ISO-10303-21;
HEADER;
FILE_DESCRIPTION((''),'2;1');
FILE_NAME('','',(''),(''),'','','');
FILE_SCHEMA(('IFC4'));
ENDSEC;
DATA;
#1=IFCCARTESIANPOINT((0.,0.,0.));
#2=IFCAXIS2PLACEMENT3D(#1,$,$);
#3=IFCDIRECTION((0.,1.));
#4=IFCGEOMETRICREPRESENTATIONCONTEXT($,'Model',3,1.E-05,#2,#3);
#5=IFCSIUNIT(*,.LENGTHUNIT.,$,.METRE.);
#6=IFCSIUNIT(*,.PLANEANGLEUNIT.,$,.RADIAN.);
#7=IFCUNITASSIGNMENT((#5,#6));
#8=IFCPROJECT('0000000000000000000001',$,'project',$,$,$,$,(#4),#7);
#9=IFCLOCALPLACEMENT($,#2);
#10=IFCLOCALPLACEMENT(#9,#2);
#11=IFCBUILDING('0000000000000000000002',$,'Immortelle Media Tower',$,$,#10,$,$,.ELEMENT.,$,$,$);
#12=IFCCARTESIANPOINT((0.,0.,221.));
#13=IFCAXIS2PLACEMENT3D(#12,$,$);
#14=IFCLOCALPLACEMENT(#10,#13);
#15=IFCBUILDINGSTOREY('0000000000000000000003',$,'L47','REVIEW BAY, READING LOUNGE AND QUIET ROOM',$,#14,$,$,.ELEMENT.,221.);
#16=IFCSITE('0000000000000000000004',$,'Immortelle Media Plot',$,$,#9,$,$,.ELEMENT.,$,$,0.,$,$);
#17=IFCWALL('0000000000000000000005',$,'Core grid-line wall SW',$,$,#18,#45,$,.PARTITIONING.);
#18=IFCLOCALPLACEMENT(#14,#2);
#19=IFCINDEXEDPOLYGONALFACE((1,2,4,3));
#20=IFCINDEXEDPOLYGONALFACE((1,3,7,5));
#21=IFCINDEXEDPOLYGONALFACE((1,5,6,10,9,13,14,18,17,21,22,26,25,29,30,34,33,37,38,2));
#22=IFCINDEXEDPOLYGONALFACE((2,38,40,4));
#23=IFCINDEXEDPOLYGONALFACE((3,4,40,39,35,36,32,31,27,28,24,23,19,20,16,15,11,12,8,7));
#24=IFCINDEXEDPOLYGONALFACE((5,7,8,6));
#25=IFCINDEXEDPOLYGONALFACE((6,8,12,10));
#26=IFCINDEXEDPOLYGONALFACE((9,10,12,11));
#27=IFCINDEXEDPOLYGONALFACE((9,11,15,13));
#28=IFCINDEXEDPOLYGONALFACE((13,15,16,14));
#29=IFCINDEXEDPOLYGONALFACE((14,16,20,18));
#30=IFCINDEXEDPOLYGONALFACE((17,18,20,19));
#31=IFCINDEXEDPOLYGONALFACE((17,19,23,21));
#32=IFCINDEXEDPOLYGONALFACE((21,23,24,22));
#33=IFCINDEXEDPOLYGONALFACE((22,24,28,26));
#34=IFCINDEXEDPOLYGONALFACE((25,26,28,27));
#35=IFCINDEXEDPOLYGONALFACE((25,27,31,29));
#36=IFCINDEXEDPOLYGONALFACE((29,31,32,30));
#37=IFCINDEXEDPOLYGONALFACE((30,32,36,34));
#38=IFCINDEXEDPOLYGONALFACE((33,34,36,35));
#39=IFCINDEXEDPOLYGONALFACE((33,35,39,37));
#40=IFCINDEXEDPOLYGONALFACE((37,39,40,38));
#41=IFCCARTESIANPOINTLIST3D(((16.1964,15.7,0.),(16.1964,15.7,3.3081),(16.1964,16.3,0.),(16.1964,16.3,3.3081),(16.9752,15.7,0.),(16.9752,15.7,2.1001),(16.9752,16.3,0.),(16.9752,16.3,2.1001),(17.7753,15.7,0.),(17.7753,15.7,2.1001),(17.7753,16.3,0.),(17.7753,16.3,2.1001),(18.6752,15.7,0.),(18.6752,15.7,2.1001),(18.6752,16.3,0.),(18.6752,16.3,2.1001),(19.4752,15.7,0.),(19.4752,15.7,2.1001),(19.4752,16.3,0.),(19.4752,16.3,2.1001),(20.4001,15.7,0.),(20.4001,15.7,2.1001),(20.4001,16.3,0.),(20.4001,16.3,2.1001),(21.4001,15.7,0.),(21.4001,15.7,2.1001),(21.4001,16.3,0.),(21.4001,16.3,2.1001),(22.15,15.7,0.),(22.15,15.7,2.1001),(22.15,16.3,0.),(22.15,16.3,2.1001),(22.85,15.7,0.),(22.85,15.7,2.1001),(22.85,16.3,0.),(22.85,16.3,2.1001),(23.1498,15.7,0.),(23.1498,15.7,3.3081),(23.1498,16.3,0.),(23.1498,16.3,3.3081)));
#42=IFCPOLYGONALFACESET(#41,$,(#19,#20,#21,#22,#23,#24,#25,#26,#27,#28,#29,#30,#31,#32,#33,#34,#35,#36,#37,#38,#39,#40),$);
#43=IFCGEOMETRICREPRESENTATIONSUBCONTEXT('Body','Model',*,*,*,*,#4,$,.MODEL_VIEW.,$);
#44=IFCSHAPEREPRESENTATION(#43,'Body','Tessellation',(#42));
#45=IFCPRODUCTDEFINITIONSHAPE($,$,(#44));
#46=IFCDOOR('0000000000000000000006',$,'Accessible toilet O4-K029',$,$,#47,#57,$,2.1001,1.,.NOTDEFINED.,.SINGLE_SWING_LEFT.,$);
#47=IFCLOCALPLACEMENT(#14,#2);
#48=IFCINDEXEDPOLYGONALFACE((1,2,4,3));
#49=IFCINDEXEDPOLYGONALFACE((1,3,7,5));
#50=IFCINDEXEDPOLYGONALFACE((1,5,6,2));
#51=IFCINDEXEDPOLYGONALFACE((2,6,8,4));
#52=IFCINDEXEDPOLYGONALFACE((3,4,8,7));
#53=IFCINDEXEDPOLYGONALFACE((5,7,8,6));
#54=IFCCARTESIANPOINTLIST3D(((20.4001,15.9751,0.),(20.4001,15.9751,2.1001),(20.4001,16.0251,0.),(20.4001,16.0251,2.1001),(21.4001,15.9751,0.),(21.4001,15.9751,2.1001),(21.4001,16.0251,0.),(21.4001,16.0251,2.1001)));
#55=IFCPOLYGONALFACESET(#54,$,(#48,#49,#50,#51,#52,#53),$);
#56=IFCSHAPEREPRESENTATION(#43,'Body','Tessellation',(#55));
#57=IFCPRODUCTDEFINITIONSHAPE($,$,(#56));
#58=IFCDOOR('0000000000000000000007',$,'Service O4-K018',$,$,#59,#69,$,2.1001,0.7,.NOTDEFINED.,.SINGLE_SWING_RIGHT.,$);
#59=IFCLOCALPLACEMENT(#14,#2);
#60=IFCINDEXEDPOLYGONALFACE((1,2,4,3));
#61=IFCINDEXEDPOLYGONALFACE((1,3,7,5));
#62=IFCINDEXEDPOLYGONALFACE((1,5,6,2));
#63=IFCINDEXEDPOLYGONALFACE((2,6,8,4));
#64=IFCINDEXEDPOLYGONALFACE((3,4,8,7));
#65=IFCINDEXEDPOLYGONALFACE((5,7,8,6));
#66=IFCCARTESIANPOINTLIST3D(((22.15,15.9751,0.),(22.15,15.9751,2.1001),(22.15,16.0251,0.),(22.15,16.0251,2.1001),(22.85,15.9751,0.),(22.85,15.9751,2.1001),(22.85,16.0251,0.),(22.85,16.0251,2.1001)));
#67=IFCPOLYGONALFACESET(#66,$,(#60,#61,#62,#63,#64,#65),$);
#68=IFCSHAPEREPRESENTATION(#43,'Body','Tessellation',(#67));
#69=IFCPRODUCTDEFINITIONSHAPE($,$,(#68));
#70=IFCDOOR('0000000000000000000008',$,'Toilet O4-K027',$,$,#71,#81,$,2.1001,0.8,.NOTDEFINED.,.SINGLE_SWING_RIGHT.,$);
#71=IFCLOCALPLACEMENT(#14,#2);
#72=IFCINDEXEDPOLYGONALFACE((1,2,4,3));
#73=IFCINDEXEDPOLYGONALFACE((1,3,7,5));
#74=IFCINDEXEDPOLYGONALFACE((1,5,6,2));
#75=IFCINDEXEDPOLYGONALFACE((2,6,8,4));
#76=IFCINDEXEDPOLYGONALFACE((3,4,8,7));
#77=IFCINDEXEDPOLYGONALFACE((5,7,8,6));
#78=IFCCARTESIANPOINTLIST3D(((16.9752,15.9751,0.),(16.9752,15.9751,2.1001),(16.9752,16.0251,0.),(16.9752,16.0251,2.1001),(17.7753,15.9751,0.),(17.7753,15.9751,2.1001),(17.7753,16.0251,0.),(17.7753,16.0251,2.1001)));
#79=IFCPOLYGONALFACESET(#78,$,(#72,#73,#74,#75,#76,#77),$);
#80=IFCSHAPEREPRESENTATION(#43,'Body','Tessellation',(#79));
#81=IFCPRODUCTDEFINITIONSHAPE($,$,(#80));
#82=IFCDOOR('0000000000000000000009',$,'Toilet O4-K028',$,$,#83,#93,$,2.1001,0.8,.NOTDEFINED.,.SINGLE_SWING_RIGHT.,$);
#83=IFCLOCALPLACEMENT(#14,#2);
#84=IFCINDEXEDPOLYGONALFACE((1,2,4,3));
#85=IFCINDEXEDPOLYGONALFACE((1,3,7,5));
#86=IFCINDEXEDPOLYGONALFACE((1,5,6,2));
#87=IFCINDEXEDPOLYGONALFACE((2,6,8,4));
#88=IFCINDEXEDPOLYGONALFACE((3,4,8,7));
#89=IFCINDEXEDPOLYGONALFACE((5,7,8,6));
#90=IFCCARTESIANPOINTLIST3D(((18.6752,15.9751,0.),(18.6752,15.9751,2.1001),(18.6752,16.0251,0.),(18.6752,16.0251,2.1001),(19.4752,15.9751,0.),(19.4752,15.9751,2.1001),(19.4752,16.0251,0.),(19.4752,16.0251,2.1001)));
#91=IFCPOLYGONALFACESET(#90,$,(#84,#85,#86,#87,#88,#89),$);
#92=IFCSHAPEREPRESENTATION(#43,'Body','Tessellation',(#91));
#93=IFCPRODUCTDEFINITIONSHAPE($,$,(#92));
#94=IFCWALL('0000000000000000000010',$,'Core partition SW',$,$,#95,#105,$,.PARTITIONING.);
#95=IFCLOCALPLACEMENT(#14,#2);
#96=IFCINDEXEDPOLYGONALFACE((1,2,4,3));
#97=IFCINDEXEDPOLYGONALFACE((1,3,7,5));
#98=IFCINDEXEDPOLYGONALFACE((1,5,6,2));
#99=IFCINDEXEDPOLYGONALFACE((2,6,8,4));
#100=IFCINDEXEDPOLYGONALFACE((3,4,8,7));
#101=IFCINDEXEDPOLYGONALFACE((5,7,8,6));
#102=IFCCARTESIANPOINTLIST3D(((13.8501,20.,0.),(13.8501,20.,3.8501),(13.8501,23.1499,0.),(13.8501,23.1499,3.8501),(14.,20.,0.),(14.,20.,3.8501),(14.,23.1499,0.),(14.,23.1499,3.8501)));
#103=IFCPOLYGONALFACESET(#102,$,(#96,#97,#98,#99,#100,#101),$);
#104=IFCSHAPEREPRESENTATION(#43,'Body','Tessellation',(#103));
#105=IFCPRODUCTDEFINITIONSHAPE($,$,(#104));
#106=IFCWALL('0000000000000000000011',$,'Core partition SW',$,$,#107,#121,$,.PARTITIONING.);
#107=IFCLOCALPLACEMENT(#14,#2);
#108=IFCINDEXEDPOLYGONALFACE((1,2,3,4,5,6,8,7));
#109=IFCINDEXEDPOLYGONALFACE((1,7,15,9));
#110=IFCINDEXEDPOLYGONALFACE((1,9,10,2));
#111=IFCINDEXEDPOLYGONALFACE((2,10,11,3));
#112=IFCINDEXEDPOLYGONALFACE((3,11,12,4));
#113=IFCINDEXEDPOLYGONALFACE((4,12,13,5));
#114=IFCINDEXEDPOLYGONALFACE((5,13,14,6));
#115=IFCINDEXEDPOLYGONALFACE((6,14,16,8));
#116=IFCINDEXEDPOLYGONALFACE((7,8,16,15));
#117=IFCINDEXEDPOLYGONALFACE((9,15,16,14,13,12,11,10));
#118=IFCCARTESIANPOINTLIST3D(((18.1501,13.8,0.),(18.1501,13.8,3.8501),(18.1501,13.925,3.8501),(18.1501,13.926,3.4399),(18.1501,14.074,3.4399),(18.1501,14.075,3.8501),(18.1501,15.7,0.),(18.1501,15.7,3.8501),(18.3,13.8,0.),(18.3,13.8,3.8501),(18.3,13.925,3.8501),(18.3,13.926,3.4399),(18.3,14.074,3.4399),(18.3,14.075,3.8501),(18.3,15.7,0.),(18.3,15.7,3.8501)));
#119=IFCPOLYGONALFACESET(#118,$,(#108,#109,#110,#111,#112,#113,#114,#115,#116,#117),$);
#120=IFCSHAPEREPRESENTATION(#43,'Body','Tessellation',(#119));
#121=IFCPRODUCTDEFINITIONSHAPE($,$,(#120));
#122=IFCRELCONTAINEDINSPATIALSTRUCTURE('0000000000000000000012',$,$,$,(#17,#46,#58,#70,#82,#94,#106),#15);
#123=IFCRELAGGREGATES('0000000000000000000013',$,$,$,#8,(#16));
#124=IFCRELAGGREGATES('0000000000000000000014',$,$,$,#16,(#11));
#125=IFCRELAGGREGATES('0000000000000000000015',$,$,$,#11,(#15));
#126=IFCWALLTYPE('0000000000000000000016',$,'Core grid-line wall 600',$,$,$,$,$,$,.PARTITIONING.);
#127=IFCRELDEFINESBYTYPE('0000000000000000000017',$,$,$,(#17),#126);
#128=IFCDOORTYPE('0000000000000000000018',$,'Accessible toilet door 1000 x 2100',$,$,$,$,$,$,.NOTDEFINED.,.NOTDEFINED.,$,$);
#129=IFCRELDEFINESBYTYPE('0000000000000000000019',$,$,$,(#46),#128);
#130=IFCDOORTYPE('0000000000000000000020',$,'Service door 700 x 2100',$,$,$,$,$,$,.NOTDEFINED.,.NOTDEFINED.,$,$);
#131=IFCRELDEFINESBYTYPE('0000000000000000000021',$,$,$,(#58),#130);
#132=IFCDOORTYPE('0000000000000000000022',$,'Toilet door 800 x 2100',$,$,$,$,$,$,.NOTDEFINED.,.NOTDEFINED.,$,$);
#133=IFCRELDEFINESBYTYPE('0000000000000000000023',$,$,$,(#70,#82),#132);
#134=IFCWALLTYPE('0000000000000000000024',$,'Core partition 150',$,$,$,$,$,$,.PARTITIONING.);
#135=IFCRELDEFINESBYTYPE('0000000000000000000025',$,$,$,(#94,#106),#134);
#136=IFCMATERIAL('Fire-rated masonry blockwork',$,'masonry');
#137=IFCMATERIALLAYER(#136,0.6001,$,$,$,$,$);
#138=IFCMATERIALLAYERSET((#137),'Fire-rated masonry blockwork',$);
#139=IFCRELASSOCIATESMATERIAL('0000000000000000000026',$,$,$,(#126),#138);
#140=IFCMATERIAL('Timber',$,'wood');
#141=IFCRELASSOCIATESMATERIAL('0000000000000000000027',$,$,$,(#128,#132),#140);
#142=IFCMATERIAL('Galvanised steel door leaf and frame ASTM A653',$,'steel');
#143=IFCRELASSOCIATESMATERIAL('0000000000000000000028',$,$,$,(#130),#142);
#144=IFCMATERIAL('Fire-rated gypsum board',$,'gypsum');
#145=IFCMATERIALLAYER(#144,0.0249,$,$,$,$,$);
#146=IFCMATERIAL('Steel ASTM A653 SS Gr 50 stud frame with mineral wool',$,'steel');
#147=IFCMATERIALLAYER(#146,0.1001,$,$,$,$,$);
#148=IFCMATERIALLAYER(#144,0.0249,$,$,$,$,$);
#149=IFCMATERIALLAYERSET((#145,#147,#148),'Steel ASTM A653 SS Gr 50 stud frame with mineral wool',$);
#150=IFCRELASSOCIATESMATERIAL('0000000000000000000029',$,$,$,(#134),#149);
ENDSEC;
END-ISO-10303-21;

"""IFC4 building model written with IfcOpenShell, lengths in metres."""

from ifc_helpers import new_model, si_unit, direction, frame, frame_2d, origin, place, context, subcontext, project, spatial, polyline, rectangle, outline, extrude, material, layer, layer_set, type_object, element, fill, save


model = new_model("IFC4")

# Units and contexts
model_context = context("Model", 3, precision=1e-05, world=origin(), true_north=direction((0.0, 1.0)))
body_context = subcontext(model_context, "Body", "Model", "MODEL_VIEW")
ifc_project = project(units=[si_unit("LENGTHUNIT", "METRE"), si_unit("PLANEANGLEUNIT", "RADIAN")], contexts=[model_context])

# Site, building, storey
site_placement = place(None, origin())
site = spatial("IfcSite", under=ifc_project, at=site_placement, Name="Immortelle Media Plot", CompositionType="ELEMENT", RefElevation=0.0)
building_placement = place(site_placement, origin())
building = spatial("IfcBuilding", under=site, at=building_placement, Name="Immortelle Media Tower", CompositionType="ELEMENT")
storey_placement = place(building_placement, frame((0.0, 0.0, 221.0)))
storey = spatial("IfcBuildingStorey", under=building, at=storey_placement, Name="L47", Description="REVIEW BAY, READING LOUNGE AND QUIET ROOM", CompositionType="ELEMENT", Elevation=221.0)

# Wall, openings, doors
ifc_material_1 = material(Name="Fire-rated masonry blockwork", Category="masonry")
ifc_layer_1 = layer(ifc_material_1, 0.6001)
ifc_layer_set_1 = layer_set([ifc_layer_1], Name="Fire-rated masonry blockwork")
wall_type_1 = type_object("IfcWallType", Name="Core grid-line wall 600", PredefinedType="PARTITIONING", material=ifc_layer_set_1)
wall_1_placement = place(storey_placement, frame((16.1965, 16.0, 0.0), z_axis=(0.0, 0.0, 1.0), x_axis=(1.0, 0.0, 0.0)))
wall_1 = element("IfcWall", 1, at=wall_1_placement, inside=storey, type_object=wall_type_1, Name="Core grid-line wall SW", PredefinedType="PARTITIONING", context=body_context, shape_type="SweptSolid", body=[
    extrude(rectangle(XDim=6.9534, YDim=0.6001, at=frame_2d((3.4766, 0.0))), origin(), (0.0, 0.0, 1.0), 3.3081),
])
opening_1_placement = place(wall_1_placement, frame((1.5786, 0.0, 0.0), z_axis=(0.0, 0.0, 1.0), x_axis=(-1.0, 0.0, 0.0)))
opening_1 = element("IfcOpeningElement", 2, at=opening_1_placement, cuts=wall_1, PredefinedType="OPENING", context=body_context, shape_type="SweptSolid", body=[
    extrude(rectangle(XDim=0.8, YDim=2.1001, at=frame_2d((0.3999, 1.05))), frame((0.0, 0.3101, 0.0), z_axis=(0.0, -1.0, 0.0), x_axis=(1.0, 0.0, 0.0)), (0.0, 0.0, 1.0), 0.6201),
])
opening_2_placement = place(wall_1_placement, frame((3.2786, 0.0, 0.0), z_axis=(0.0, 0.0, 1.0), x_axis=(-1.0, 0.0, 0.0)))
opening_2 = element("IfcOpeningElement", 3, at=opening_2_placement, cuts=wall_1, PredefinedType="OPENING", context=body_context, shape_type="SweptSolid", body=[
    extrude(rectangle(XDim=0.8, YDim=2.1001, at=frame_2d((0.3999, 1.05))), frame((0.0, 0.3101, 0.0), z_axis=(0.0, -1.0, 0.0), x_axis=(1.0, 0.0, 0.0)), (0.0, 0.0, 1.0), 0.6201),
])
opening_3_placement = place(wall_1_placement, frame((5.2036, 0.0, 0.0), z_axis=(0.0, 0.0, 1.0), x_axis=(-1.0, 0.0, 0.0)))
opening_3 = element("IfcOpeningElement", 4, at=opening_3_placement, cuts=wall_1, PredefinedType="OPENING", context=body_context, shape_type="SweptSolid", body=[
    extrude(rectangle(XDim=1.0, YDim=2.1001, at=frame_2d((0.5, 1.05))), frame((0.0, 0.3101, 0.0), z_axis=(0.0, -1.0, 0.0), x_axis=(1.0, 0.0, 0.0)), (0.0, 0.0, 1.0), 0.6201),
])
opening_4_placement = place(wall_1_placement, frame((6.6536, 0.0, 0.0), z_axis=(0.0, 0.0, 1.0), x_axis=(-1.0, 0.0, 0.0)))
opening_4 = element("IfcOpeningElement", 5, at=opening_4_placement, cuts=wall_1, PredefinedType="OPENING", context=body_context, shape_type="SweptSolid", body=[
    extrude(rectangle(XDim=0.7, YDim=2.1001, at=frame_2d((0.3501, 1.05))), frame((0.0, 0.3101, 0.0), z_axis=(0.0, -1.0, 0.0), x_axis=(1.0, 0.0, 0.0)), (0.0, 0.0, 1.0), 0.6201),
])
ifc_material_2 = material(Name="Timber", Category="wood")
door_type_1 = type_object("IfcDoorType", Name="Accessible toilet door 1000 x 2100", OperationType="NOTDEFINED", PredefinedType="NOTDEFINED", material=ifc_material_2)
door_1_placement = place(opening_3_placement, origin())
door_1 = element("IfcDoor", 6, at=door_1_placement, inside=storey, type_object=door_type_1, Name="Accessible toilet O4-K029", OperationType="SINGLE_SWING_LEFT", OverallHeight=2.1001, OverallWidth=1.0, PredefinedType="NOTDEFINED", context=body_context, shape_type="SweptSolid", body=[
    extrude(rectangle(XDim=1.0, YDim=2.1001, at=frame_2d((0.5, 1.05))), frame((0.0, 0.0249, 0.0), z_axis=(0.0, -1.0, 0.0), x_axis=(1.0, 0.0, 0.0)), (0.0, 0.0, 1.0), 0.05),
])
fill(opening_3, door_1)
ifc_material_3 = material(Name="Galvanised steel door leaf and frame ASTM A653", Category="steel")
door_type_2 = type_object("IfcDoorType", Name="Service door 700 x 2100", OperationType="NOTDEFINED", PredefinedType="NOTDEFINED", material=ifc_material_3)
door_2_placement = place(opening_4_placement, origin())
door_2 = element("IfcDoor", 7, at=door_2_placement, inside=storey, type_object=door_type_2, Name="Service O4-K018", OperationType="SINGLE_SWING_RIGHT", OverallHeight=2.1001, OverallWidth=0.7, PredefinedType="NOTDEFINED", context=body_context, shape_type="SweptSolid", body=[
    extrude(rectangle(XDim=0.7, YDim=2.1001, at=frame_2d((0.3501, 1.05))), frame((0.0, 0.0249, 0.0), z_axis=(0.0, -1.0, 0.0), x_axis=(1.0, 0.0, 0.0)), (0.0, 0.0, 1.0), 0.05),
])
fill(opening_4, door_2)
door_type_3 = type_object("IfcDoorType", Name="Toilet door 800 x 2100", OperationType="NOTDEFINED", PredefinedType="NOTDEFINED", material=ifc_material_2)
door_3_placement = place(opening_1_placement, origin())
door_3 = element("IfcDoor", 8, at=door_3_placement, inside=storey, type_object=door_type_3, Name="Toilet O4-K027", OperationType="SINGLE_SWING_RIGHT", OverallHeight=2.1001, OverallWidth=0.8, PredefinedType="NOTDEFINED", context=body_context, shape_type="SweptSolid", body=[
    extrude(rectangle(XDim=0.8, YDim=2.1001, at=frame_2d((0.3999, 1.05))), frame((0.0, 0.0249, 0.0), z_axis=(0.0, -1.0, 0.0), x_axis=(1.0, 0.0, 0.0)), (0.0, 0.0, 1.0), 0.05),
])
fill(opening_1, door_3)
door_4_placement = place(opening_2_placement, origin())
door_4 = element("IfcDoor", 9, at=door_4_placement, inside=storey, type_object=door_type_3, Name="Toilet O4-K028", OperationType="SINGLE_SWING_RIGHT", OverallHeight=2.1001, OverallWidth=0.8, PredefinedType="NOTDEFINED", context=body_context, shape_type="SweptSolid", body=[
    extrude(rectangle(XDim=0.8, YDim=2.1001, at=frame_2d((0.3999, 1.05))), frame((0.0, 0.0249, 0.0), z_axis=(0.0, -1.0, 0.0), x_axis=(1.0, 0.0, 0.0)), (0.0, 0.0, 1.0), 0.05),
])
fill(opening_2, door_4)

# Walls
ifc_material_4 = material(Name="Fire-rated gypsum board", Category="gypsum")
ifc_layer_2 = layer(ifc_material_4, 0.0249)
ifc_material_5 = material(Name="Steel ASTM A653 SS Gr 50 stud frame with mineral wool", Category="steel")
ifc_layer_3 = layer(ifc_material_5, 0.1001)
ifc_layer_4 = layer(ifc_material_4, 0.0249)
ifc_layer_set_2 = layer_set([ifc_layer_2, ifc_layer_3, ifc_layer_4], Name="Steel ASTM A653 SS Gr 50 stud frame with mineral wool")
wall_type_2 = type_object("IfcWallType", Name="Core partition 150", PredefinedType="PARTITIONING", material=ifc_layer_set_2)
wall_2_placement = place(storey_placement, frame((13.925, 20.0, 0.0), z_axis=(0.0, 0.0, 1.0), x_axis=(0.0, 1.0, 0.0)))
element("IfcWall", 10, at=wall_2_placement, inside=storey, type_object=wall_type_2, Name="Core partition SW", PredefinedType="PARTITIONING", context=body_context, shape_type="SweptSolid", body=[
    extrude(rectangle(XDim=3.1499, YDim=0.1499, at=frame_2d((1.575, 0.0))), origin(), (0.0, 0.0, 1.0), 3.8501),
])
wall_3_placement = place(storey_placement, frame((18.2251, 13.8, 0.0), z_axis=(0.0, 0.0, 1.0), x_axis=(0.0, 1.0, 0.0)))
element("IfcWall", 11, at=wall_3_placement, inside=storey, type_object=wall_type_2, Name="Core partition SW", PredefinedType="PARTITIONING", context=body_context, shape_type="SweptSolid", body=[
    extrude(outline(polyline([(0.0, 0.0), (1.8999, 0.0), (1.8999, 3.8501), (0.2749, 3.8501), (0.2739, 3.4399), (0.126, 3.4399), (0.125, 3.8501), (0.0, 3.8501), (0.0, 0.0)])), frame((0.0, 0.075, 0.0), z_axis=(0.0, -1.0, 0.0), x_axis=(1.0, 0.0, 0.0)), (0.0, 0.0, 1.0), 0.1499),
])

save(model, "model.ifc")
